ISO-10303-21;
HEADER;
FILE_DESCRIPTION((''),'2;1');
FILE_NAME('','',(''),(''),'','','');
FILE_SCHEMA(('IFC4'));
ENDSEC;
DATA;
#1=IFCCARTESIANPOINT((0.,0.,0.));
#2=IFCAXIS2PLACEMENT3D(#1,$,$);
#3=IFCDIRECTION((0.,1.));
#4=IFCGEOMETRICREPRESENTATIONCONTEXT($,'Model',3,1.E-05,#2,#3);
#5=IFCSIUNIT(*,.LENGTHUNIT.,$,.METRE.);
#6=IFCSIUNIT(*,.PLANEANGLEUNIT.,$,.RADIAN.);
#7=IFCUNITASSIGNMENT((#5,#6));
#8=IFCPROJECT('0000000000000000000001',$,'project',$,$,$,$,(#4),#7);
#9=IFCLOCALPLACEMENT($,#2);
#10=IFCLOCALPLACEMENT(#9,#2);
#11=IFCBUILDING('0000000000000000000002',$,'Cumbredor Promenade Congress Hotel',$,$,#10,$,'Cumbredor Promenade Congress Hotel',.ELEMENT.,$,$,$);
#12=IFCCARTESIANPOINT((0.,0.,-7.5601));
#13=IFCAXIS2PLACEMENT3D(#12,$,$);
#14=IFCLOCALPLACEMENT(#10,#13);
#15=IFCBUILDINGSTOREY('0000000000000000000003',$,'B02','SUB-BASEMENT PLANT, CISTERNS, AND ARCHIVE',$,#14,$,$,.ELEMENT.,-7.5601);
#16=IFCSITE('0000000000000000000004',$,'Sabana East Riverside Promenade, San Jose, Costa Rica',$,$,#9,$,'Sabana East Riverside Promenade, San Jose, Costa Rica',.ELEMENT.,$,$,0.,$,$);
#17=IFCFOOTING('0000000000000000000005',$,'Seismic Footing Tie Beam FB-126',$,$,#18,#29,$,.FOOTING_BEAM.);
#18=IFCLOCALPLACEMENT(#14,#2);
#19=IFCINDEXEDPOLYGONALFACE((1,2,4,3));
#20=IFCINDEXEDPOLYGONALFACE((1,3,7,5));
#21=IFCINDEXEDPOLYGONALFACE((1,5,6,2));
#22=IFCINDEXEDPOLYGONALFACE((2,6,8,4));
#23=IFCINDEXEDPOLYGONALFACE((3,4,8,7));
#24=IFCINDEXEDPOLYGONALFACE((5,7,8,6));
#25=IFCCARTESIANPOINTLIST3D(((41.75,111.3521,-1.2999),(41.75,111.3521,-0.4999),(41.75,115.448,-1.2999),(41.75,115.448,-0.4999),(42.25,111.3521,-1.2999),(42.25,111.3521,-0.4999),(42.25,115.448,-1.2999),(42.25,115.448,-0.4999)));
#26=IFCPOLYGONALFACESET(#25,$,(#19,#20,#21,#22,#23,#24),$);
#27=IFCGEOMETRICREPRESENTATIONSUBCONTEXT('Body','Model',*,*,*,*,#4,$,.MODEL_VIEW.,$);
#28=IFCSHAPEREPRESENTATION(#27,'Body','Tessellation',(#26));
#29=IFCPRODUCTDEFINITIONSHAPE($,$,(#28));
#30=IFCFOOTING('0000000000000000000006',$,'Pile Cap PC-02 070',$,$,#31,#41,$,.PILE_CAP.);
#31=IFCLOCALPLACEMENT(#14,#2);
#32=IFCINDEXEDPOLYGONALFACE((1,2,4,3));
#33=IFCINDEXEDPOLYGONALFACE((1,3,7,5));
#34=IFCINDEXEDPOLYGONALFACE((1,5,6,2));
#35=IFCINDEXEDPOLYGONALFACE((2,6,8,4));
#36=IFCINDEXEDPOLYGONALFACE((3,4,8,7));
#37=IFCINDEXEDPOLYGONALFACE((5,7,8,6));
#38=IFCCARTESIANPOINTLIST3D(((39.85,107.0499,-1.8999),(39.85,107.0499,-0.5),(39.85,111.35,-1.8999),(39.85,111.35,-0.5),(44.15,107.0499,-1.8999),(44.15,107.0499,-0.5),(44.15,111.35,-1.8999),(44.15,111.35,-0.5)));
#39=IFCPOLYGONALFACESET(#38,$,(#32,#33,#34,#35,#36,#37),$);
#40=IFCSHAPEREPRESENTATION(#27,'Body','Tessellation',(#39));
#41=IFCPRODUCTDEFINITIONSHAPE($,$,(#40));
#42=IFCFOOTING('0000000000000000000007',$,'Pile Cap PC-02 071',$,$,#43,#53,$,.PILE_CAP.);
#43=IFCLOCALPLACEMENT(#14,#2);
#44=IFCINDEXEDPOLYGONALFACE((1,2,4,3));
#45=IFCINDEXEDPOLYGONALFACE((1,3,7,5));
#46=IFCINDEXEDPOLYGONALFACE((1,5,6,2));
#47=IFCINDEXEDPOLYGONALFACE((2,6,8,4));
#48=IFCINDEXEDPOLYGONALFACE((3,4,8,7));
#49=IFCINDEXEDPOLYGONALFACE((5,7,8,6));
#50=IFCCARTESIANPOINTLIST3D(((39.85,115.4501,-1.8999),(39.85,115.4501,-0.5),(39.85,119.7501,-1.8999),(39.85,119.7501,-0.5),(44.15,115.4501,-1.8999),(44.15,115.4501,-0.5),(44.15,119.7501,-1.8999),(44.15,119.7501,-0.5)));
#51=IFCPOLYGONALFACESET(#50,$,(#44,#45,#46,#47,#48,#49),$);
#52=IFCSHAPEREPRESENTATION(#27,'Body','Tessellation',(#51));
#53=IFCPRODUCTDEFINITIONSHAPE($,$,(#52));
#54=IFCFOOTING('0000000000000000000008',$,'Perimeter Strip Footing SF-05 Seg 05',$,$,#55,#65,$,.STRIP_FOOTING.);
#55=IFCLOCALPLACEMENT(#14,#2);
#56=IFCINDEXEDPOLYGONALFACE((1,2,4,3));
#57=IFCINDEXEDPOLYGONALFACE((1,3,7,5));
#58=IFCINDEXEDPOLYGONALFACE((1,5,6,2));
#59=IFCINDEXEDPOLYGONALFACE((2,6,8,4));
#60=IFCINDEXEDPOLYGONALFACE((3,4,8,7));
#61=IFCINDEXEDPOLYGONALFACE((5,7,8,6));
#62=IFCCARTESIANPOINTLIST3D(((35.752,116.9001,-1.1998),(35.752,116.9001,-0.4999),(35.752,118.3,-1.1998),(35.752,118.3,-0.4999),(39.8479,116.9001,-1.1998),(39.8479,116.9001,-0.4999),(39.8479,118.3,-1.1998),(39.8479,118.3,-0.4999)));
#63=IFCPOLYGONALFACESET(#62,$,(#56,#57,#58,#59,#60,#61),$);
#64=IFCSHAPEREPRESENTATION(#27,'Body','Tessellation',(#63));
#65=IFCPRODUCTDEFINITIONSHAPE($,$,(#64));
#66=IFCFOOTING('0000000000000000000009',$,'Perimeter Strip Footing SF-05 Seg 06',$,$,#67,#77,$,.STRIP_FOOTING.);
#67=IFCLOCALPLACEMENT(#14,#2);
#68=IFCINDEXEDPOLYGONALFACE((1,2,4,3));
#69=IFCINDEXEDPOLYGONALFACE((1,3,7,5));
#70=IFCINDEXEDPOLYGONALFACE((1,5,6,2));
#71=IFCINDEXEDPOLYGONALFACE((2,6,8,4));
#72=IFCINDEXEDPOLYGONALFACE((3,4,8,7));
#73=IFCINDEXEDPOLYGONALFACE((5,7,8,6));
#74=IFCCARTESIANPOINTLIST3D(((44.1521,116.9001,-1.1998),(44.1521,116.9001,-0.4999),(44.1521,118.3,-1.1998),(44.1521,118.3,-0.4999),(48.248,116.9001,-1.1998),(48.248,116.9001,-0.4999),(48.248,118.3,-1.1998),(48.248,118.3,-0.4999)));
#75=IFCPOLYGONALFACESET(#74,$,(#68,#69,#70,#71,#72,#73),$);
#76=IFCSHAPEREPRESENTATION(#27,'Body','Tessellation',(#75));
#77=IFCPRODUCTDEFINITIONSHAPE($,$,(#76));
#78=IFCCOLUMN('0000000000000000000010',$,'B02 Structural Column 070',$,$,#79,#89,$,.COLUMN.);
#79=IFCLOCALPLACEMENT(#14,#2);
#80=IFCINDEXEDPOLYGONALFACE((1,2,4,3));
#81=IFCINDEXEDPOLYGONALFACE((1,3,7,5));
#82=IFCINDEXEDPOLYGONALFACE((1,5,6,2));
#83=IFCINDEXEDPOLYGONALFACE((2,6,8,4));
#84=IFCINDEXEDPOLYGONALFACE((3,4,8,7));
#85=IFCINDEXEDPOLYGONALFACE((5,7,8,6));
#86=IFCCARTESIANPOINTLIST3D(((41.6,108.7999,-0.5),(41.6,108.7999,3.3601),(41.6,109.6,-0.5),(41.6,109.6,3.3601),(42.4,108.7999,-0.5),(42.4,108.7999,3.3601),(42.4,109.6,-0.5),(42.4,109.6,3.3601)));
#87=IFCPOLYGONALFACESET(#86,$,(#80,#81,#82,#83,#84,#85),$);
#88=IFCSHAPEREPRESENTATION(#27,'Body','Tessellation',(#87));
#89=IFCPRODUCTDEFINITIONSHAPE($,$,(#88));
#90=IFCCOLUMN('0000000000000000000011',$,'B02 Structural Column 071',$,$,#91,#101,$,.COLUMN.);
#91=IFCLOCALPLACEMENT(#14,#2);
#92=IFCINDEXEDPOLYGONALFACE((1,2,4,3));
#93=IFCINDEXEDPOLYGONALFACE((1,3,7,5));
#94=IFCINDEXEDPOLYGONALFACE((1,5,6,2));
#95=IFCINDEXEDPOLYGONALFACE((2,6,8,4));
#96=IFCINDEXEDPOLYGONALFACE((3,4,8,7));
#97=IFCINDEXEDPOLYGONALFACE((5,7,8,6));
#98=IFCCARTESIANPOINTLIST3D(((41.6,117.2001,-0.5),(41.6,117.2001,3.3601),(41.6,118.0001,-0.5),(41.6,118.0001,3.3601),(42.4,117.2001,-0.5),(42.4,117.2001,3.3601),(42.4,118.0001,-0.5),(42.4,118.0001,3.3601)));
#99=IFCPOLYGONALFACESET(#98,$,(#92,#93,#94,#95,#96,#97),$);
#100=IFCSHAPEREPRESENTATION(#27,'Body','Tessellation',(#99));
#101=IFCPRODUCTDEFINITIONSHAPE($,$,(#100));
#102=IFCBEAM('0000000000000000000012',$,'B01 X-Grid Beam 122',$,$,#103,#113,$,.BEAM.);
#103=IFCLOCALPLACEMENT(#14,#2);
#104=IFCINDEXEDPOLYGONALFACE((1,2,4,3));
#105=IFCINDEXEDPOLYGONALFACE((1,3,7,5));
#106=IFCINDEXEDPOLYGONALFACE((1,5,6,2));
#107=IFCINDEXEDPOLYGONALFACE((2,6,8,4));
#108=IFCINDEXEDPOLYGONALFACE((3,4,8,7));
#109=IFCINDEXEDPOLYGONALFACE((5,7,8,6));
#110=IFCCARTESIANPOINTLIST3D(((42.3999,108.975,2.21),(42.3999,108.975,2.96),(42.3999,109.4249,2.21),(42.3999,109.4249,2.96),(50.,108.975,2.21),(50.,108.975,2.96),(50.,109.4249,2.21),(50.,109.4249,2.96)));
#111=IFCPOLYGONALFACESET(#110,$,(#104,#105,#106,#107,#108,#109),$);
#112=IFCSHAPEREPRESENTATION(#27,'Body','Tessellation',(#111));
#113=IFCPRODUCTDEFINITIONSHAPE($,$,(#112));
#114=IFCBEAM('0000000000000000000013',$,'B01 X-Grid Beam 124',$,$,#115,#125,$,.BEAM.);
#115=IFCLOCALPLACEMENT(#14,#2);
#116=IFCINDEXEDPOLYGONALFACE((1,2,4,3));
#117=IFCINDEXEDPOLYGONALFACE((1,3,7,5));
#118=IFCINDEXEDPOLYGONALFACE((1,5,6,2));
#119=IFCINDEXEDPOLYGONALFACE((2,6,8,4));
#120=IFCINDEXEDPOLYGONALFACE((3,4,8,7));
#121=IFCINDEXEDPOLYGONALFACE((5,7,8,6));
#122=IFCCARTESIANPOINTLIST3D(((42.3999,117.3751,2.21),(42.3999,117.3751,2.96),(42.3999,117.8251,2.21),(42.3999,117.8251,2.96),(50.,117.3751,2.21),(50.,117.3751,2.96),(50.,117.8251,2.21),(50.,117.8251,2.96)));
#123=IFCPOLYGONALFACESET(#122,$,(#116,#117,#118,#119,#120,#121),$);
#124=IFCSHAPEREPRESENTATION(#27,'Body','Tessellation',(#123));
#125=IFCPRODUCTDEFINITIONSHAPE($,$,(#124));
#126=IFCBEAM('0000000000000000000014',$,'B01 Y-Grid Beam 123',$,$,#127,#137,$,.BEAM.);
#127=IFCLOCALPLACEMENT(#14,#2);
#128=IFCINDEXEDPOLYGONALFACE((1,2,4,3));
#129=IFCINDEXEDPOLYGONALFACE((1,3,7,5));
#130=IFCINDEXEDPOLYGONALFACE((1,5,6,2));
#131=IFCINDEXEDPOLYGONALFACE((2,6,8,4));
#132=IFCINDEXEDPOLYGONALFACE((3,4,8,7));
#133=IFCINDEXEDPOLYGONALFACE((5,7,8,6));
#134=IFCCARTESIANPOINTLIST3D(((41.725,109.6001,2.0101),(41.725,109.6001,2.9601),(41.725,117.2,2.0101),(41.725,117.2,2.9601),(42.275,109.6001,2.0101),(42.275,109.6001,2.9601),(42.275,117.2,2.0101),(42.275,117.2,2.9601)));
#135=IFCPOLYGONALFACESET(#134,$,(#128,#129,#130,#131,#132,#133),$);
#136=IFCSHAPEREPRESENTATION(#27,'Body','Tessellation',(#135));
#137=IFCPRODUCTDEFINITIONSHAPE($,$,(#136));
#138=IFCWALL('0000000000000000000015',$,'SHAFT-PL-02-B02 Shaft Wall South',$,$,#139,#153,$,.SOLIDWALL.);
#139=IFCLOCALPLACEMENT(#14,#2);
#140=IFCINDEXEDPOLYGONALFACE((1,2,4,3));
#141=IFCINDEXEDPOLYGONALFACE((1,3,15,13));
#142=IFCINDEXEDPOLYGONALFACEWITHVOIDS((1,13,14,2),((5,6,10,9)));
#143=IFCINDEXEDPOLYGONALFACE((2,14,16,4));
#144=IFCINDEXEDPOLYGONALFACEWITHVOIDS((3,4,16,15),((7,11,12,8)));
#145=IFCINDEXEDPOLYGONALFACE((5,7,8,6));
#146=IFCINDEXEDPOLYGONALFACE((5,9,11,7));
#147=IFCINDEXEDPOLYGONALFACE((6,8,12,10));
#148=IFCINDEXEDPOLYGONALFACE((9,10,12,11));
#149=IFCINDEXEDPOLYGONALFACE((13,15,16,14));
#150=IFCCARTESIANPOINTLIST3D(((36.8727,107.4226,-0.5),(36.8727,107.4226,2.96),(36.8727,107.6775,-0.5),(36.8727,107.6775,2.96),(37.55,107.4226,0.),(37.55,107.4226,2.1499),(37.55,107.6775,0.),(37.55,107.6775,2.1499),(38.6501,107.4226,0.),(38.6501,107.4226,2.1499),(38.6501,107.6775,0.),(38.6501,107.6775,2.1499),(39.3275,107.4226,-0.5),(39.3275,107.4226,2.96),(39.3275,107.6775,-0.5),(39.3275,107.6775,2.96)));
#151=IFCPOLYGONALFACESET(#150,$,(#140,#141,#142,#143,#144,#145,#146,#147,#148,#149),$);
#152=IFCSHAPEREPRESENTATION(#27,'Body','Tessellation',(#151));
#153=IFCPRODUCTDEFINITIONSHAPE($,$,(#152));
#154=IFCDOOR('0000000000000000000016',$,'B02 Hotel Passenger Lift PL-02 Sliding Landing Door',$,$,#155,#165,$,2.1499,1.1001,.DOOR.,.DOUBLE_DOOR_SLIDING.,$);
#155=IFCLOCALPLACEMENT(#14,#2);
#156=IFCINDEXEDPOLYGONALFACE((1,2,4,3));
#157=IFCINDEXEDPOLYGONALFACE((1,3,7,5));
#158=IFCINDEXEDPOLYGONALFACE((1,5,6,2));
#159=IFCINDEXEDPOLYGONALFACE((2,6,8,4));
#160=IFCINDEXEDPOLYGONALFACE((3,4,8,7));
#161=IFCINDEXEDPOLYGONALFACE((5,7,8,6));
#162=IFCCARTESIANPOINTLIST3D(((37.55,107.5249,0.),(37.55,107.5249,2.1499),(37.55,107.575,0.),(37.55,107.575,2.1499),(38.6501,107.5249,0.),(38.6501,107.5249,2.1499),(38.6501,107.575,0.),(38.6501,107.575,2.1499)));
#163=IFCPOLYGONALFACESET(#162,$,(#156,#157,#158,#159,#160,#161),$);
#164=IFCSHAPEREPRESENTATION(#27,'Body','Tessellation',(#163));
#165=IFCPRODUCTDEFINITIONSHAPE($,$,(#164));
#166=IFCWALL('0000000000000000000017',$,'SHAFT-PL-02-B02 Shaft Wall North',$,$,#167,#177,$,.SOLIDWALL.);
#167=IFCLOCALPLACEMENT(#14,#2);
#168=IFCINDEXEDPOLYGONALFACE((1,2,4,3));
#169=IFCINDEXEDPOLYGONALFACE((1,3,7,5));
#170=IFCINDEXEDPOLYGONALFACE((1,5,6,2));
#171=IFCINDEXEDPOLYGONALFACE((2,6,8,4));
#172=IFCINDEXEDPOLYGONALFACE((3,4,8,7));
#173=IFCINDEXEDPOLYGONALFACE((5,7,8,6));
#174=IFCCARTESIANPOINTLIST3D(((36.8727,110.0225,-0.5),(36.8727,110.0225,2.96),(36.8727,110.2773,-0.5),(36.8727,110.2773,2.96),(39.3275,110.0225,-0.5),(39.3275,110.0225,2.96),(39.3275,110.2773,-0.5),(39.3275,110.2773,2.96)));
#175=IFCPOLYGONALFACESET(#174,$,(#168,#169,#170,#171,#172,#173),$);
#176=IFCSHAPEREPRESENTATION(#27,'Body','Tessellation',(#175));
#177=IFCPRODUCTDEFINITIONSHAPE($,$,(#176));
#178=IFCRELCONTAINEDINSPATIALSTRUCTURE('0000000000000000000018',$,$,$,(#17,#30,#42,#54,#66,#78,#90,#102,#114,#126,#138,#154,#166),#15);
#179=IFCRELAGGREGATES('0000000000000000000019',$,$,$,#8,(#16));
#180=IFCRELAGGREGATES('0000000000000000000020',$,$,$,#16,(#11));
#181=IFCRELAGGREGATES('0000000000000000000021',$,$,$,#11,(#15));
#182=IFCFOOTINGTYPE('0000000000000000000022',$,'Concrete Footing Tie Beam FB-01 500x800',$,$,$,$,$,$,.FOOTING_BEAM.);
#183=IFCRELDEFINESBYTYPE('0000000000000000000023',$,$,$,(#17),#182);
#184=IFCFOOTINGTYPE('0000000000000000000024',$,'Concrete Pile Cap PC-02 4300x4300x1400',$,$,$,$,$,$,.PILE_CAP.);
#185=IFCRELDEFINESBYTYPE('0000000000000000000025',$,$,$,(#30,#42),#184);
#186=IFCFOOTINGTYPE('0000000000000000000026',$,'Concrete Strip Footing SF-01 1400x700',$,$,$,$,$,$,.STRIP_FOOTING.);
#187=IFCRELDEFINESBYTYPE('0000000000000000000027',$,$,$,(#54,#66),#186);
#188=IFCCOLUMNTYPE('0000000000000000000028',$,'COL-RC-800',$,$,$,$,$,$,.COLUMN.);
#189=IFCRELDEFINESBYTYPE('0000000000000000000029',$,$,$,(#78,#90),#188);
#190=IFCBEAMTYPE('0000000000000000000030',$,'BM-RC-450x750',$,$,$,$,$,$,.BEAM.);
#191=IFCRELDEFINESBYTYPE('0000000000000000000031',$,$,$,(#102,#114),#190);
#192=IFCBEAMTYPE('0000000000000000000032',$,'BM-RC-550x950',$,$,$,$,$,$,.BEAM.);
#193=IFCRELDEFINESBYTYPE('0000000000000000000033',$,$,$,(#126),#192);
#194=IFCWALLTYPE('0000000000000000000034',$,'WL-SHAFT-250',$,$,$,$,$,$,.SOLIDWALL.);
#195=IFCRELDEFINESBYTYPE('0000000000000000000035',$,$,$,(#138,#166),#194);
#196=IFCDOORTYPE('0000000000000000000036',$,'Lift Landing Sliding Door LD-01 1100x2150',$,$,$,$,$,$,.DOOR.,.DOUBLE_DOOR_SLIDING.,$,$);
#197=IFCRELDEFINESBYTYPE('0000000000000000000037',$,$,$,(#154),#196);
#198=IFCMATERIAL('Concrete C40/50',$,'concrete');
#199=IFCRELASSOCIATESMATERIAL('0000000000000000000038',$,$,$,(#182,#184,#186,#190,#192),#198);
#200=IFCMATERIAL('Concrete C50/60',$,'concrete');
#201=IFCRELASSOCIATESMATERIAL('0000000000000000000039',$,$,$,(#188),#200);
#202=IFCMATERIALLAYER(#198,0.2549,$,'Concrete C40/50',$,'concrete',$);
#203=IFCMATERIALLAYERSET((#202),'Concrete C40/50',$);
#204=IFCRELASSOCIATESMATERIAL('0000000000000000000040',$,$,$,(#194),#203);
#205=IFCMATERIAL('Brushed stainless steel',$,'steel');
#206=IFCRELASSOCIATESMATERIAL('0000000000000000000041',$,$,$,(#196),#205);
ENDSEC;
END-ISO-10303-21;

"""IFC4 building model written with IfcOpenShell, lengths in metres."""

from ifc_helpers import new_model, si_unit, direction, frame, frame_2d, origin, origin_2d, place, context, subcontext, project, spatial, rectangle, extrude, material, layer, layer_set, material_profile, profile_set, type_object, element, fill, save


model = new_model("IFC4")

# Units and contexts
model_context = context("Model", 3, precision=1e-05, world=origin(), true_north=direction((0.0, 1.0)))
body_context = subcontext(model_context, "Body", "Model", "MODEL_VIEW")
ifc_project = project(units=[si_unit("LENGTHUNIT", "METRE"), si_unit("PLANEANGLEUNIT", "RADIAN")], contexts=[model_context])

# Site, building, storey
site_placement = place(None, origin())
site = spatial("IfcSite", under=ifc_project, at=site_placement, Name="Sabana East Riverside Promenade, San Jose, Costa Rica", LongName="Sabana East Riverside Promenade, San Jose, Costa Rica", CompositionType="ELEMENT", RefElevation=0.0)
building_placement = place(site_placement, origin())
building = spatial("IfcBuilding", under=site, at=building_placement, Name="Cumbredor Promenade Congress Hotel", LongName="Cumbredor Promenade Congress Hotel", CompositionType="ELEMENT")
storey_placement = place(building_placement, frame((0.0, 0.0, -7.5601)))
storey = spatial("IfcBuildingStorey", under=building, at=storey_placement, Name="B02", Description="SUB-BASEMENT PLANT, CISTERNS, AND ARCHIVE", CompositionType="ELEMENT", Elevation=-7.5601)

# Shared definitions
ifc_material_1 = material(Name="Concrete C40/50", Category="concrete")

# Footings
ifc_material_profile_1 = material_profile(ifc_material_1, rectangle(XDim=0.5, YDim=0.8, at=origin_2d()), Name="FB 500x800")
ifc_profile_set_1 = profile_set([ifc_material_profile_1], Name="Concrete C40/50")
footing_type_1 = type_object("IfcFootingType", Name="Concrete Footing Tie Beam FB-01 500x800", PredefinedType="FOOTING_BEAM", material=ifc_profile_set_1)
for number, where, z_axis, x_axis, name in (
    (1, (42.0, 111.3521, -0.8999), (0.0, 1.0, 0.0), (-1.0, 0.0, 0.0), "Seismic Footing Tie Beam FB-126"),
):
    element("IfcFooting", number, at=place(storey_placement, frame(where, z_axis=z_axis, x_axis=x_axis)), inside=storey, type_object=footing_type_1, Name=name, PredefinedType="FOOTING_BEAM", context=body_context, shape_type="SweptSolid", body=[
        extrude(rectangle(XDim=0.5, YDim=0.8, at=origin_2d()), origin(), (0.0, 0.0, 1.0), 4.0959),
    ])
footing_type_2 = type_object("IfcFootingType", Name="Concrete Pile Cap PC-02 4300x4300x1400", PredefinedType="PILE_CAP", material=ifc_material_1)
for number, where, z_axis, x_axis, name in (
    (2, (42.0, 109.2, -1.8999), (0.0, 0.0, 1.0), (1.0, 0.0, 0.0), "Pile Cap PC-02 070"),
    (3, (42.0, 117.6001, -1.8999), (0.0, 0.0, 1.0), (1.0, 0.0, 0.0), "Pile Cap PC-02 071"),
):
    element("IfcFooting", number, at=place(storey_placement, frame(where, z_axis=z_axis, x_axis=x_axis)), inside=storey, type_object=footing_type_2, Name=name, PredefinedType="PILE_CAP", context=body_context, shape_type="SweptSolid", body=[
        extrude(rectangle(XDim=4.3, YDim=4.3, at=origin_2d()), origin(), (0.0, 0.0, 1.0), 1.3999),
    ])
ifc_material_profile_2 = material_profile(ifc_material_1, rectangle(XDim=1.3999, YDim=0.7, at=origin_2d()), Name="SF 1400x700")
ifc_profile_set_2 = profile_set([ifc_material_profile_2], Name="Concrete C40/50")
footing_type_3 = type_object("IfcFootingType", Name="Concrete Strip Footing SF-01 1400x700", PredefinedType="STRIP_FOOTING", material=ifc_profile_set_2)
for number, where, z_axis, x_axis, name in (
    (4, (35.752, 117.6001, -0.8499), (1.0, 0.0, 0.0), (0.0, 1.0, 0.0), "Perimeter Strip Footing SF-05 Seg 05"),
    (5, (44.1521, 117.6001, -0.8499), (1.0, 0.0, 0.0), (0.0, 1.0, 0.0), "Perimeter Strip Footing SF-05 Seg 06"),
):
    element("IfcFooting", number, at=place(storey_placement, frame(where, z_axis=z_axis, x_axis=x_axis)), inside=storey, type_object=footing_type_3, Name=name, PredefinedType="STRIP_FOOTING", context=body_context, shape_type="SweptSolid", body=[
        extrude(rectangle(XDim=1.3999, YDim=0.7, at=origin_2d()), origin(), (0.0, 0.0, 1.0), 4.0959),
    ])

# Columns
ifc_material_2 = material(Name="Concrete C50/60", Category="concrete")
ifc_material_profile_3 = material_profile(ifc_material_2, rectangle(XDim=0.8, YDim=0.8, at=origin_2d()), Name="RC 800x800")
ifc_profile_set_3 = profile_set([ifc_material_profile_3], Name="Concrete C50/60")
column_type = type_object("IfcColumnType", Name="COL-RC-800", PredefinedType="COLUMN", material=ifc_profile_set_3)
for number, where, z_axis, x_axis, name in (
    (6, (42.0, 109.2, -0.5), (0.0, 0.0, 1.0), (1.0, 0.0, 0.0), "B02 Structural Column 070"),
    (7, (42.0, 117.6001, -0.5), (0.0, 0.0, 1.0), (1.0, 0.0, 0.0), "B02 Structural Column 071"),
):
    element("IfcColumn", number, at=place(storey_placement, frame(where, z_axis=z_axis, x_axis=x_axis)), inside=storey, type_object=column_type, Name=name, PredefinedType="COLUMN", context=body_context, shape_type="SweptSolid", body=[
        extrude(rectangle(XDim=0.8, YDim=0.8, at=origin_2d()), origin(), (0.0, 0.0, 1.0), 3.8601),
    ])

# Beams
ifc_material_profile_4 = material_profile(ifc_material_1, rectangle(XDim=0.45, YDim=0.75, at=origin_2d()), Name="RC BEAM 450x750")
ifc_profile_set_4 = profile_set([ifc_material_profile_4], Name="Concrete C40/50")
beam_type_1 = type_object("IfcBeamType", Name="BM-RC-450x750", PredefinedType="BEAM", material=ifc_profile_set_4)
for number, where, z_axis, x_axis, name in (
    (8, (42.3999, 109.2, 2.585), (1.0, 0.0, 0.0), (0.0, 1.0, 0.0), "B01 X-Grid Beam 122"),
    (9, (42.3999, 117.6001, 2.585), (1.0, 0.0, 0.0), (0.0, 1.0, 0.0), "B01 X-Grid Beam 124"),
):
    element("IfcBeam", number, at=place(storey_placement, frame(where, z_axis=z_axis, x_axis=x_axis)), inside=storey, type_object=beam_type_1, Name=name, PredefinedType="BEAM", context=body_context, shape_type="SweptSolid", body=[
        extrude(rectangle(XDim=0.45, YDim=0.75, at=origin_2d()), origin(), (0.0, 0.0, 1.0), 7.6001),
    ])
ifc_material_profile_5 = material_profile(ifc_material_1, rectangle(XDim=0.55, YDim=0.95, at=origin_2d()), Name="RC BEAM 550x950")
ifc_profile_set_5 = profile_set([ifc_material_profile_5], Name="Concrete C40/50")
beam_type_2 = type_object("IfcBeamType", Name="BM-RC-550x950", PredefinedType="BEAM", material=ifc_profile_set_5)
beam_placement = place(storey_placement, frame((42.0, 109.6001, 2.4851), z_axis=(0.0, 1.0, 0.0), x_axis=(-1.0, 0.0, 0.0)))
element("IfcBeam", 10, at=beam_placement, inside=storey, type_object=beam_type_2, Name="B01 Y-Grid Beam 123", PredefinedType="BEAM", context=body_context, shape_type="SweptSolid", body=[
    extrude(rectangle(XDim=0.55, YDim=0.95, at=origin_2d()), origin(), (0.0, 0.0, 1.0), 7.5999),
])

# Wall, opening, door
ifc_layer = layer(ifc_material_1, 0.2549, Name="Concrete C40/50", Category="concrete")
ifc_layer_set = layer_set([ifc_layer], Name="Concrete C40/50")
wall_type = type_object("IfcWallType", Name="WL-SHAFT-250", PredefinedType="SOLIDWALL", material=ifc_layer_set)
wall_1_placement = place(storey_placement, frame((36.8726, 107.55, -0.5), z_axis=(0.0, 0.0, 1.0), x_axis=(1.0, 0.0, 0.0)))
wall_1 = element("IfcWall", 11, at=wall_1_placement, inside=storey, type_object=wall_type, Name="SHAFT-PL-02-B02 Shaft Wall South", PredefinedType="SOLIDWALL", context=body_context, shape_type="SweptSolid", body=[
    extrude(rectangle(XDim=2.4548, YDim=0.2549, at=frame_2d((1.2275, 0.0))), origin(), (0.0, 0.0, 1.0), 3.46),
])
opening_placement = place(wall_1_placement, frame((0.6775, 0.0, 0.5)))
opening = element("IfcOpeningElement", 12, at=opening_placement, cuts=wall_1, PredefinedType="OPENING", context=body_context, shape_type="SweptSolid", body=[
    extrude(rectangle(XDim=1.1001, YDim=2.1499, at=frame_2d((0.55, 1.075))), frame((0.0, 0.1375, 0.0), z_axis=(0.0, -1.0, 0.0), x_axis=(1.0, 0.0, 0.0)), (0.0, 0.0, 1.0), 0.2749),
])
ifc_material_3 = material(Name="Brushed stainless steel", Category="steel")
door_type = type_object("IfcDoorType", Name="Lift Landing Sliding Door LD-01 1100x2150", OperationType="DOUBLE_DOOR_SLIDING", PredefinedType="DOOR", material=ifc_material_3)
door_placement = place(opening_placement, origin())
door = element("IfcDoor", 13, at=door_placement, inside=storey, type_object=door_type, Name="B02 Hotel Passenger Lift PL-02 Sliding Landing Door", OperationType="DOUBLE_DOOR_SLIDING", OverallHeight=2.1499, OverallWidth=1.1001, PredefinedType="DOOR", context=body_context, shape_type="SweptSolid", body=[
    extrude(rectangle(XDim=1.1001, YDim=2.1499, at=frame_2d((0.55, 1.075))), frame((0.0, 0.0249, 0.0), z_axis=(0.0, -1.0, 0.0), x_axis=(1.0, 0.0, 0.0)), (0.0, 0.0, 1.0), 0.05),
])
fill(opening, door)

# Wall
wall_2_placement = place(storey_placement, frame((36.8726, 110.1499, -0.5), z_axis=(0.0, 0.0, 1.0), x_axis=(1.0, 0.0, 0.0)))
element("IfcWall", 14, at=wall_2_placement, inside=storey, type_object=wall_type, Name="SHAFT-PL-02-B02 Shaft Wall North", PredefinedType="SOLIDWALL", context=body_context, shape_type="SweptSolid", body=[
    extrude(rectangle(XDim=2.4548, YDim=0.2549, at=frame_2d((1.2275, 0.0))), origin(), (0.0, 0.0, 1.0), 3.46),
])

save(model, "model.ifc")
